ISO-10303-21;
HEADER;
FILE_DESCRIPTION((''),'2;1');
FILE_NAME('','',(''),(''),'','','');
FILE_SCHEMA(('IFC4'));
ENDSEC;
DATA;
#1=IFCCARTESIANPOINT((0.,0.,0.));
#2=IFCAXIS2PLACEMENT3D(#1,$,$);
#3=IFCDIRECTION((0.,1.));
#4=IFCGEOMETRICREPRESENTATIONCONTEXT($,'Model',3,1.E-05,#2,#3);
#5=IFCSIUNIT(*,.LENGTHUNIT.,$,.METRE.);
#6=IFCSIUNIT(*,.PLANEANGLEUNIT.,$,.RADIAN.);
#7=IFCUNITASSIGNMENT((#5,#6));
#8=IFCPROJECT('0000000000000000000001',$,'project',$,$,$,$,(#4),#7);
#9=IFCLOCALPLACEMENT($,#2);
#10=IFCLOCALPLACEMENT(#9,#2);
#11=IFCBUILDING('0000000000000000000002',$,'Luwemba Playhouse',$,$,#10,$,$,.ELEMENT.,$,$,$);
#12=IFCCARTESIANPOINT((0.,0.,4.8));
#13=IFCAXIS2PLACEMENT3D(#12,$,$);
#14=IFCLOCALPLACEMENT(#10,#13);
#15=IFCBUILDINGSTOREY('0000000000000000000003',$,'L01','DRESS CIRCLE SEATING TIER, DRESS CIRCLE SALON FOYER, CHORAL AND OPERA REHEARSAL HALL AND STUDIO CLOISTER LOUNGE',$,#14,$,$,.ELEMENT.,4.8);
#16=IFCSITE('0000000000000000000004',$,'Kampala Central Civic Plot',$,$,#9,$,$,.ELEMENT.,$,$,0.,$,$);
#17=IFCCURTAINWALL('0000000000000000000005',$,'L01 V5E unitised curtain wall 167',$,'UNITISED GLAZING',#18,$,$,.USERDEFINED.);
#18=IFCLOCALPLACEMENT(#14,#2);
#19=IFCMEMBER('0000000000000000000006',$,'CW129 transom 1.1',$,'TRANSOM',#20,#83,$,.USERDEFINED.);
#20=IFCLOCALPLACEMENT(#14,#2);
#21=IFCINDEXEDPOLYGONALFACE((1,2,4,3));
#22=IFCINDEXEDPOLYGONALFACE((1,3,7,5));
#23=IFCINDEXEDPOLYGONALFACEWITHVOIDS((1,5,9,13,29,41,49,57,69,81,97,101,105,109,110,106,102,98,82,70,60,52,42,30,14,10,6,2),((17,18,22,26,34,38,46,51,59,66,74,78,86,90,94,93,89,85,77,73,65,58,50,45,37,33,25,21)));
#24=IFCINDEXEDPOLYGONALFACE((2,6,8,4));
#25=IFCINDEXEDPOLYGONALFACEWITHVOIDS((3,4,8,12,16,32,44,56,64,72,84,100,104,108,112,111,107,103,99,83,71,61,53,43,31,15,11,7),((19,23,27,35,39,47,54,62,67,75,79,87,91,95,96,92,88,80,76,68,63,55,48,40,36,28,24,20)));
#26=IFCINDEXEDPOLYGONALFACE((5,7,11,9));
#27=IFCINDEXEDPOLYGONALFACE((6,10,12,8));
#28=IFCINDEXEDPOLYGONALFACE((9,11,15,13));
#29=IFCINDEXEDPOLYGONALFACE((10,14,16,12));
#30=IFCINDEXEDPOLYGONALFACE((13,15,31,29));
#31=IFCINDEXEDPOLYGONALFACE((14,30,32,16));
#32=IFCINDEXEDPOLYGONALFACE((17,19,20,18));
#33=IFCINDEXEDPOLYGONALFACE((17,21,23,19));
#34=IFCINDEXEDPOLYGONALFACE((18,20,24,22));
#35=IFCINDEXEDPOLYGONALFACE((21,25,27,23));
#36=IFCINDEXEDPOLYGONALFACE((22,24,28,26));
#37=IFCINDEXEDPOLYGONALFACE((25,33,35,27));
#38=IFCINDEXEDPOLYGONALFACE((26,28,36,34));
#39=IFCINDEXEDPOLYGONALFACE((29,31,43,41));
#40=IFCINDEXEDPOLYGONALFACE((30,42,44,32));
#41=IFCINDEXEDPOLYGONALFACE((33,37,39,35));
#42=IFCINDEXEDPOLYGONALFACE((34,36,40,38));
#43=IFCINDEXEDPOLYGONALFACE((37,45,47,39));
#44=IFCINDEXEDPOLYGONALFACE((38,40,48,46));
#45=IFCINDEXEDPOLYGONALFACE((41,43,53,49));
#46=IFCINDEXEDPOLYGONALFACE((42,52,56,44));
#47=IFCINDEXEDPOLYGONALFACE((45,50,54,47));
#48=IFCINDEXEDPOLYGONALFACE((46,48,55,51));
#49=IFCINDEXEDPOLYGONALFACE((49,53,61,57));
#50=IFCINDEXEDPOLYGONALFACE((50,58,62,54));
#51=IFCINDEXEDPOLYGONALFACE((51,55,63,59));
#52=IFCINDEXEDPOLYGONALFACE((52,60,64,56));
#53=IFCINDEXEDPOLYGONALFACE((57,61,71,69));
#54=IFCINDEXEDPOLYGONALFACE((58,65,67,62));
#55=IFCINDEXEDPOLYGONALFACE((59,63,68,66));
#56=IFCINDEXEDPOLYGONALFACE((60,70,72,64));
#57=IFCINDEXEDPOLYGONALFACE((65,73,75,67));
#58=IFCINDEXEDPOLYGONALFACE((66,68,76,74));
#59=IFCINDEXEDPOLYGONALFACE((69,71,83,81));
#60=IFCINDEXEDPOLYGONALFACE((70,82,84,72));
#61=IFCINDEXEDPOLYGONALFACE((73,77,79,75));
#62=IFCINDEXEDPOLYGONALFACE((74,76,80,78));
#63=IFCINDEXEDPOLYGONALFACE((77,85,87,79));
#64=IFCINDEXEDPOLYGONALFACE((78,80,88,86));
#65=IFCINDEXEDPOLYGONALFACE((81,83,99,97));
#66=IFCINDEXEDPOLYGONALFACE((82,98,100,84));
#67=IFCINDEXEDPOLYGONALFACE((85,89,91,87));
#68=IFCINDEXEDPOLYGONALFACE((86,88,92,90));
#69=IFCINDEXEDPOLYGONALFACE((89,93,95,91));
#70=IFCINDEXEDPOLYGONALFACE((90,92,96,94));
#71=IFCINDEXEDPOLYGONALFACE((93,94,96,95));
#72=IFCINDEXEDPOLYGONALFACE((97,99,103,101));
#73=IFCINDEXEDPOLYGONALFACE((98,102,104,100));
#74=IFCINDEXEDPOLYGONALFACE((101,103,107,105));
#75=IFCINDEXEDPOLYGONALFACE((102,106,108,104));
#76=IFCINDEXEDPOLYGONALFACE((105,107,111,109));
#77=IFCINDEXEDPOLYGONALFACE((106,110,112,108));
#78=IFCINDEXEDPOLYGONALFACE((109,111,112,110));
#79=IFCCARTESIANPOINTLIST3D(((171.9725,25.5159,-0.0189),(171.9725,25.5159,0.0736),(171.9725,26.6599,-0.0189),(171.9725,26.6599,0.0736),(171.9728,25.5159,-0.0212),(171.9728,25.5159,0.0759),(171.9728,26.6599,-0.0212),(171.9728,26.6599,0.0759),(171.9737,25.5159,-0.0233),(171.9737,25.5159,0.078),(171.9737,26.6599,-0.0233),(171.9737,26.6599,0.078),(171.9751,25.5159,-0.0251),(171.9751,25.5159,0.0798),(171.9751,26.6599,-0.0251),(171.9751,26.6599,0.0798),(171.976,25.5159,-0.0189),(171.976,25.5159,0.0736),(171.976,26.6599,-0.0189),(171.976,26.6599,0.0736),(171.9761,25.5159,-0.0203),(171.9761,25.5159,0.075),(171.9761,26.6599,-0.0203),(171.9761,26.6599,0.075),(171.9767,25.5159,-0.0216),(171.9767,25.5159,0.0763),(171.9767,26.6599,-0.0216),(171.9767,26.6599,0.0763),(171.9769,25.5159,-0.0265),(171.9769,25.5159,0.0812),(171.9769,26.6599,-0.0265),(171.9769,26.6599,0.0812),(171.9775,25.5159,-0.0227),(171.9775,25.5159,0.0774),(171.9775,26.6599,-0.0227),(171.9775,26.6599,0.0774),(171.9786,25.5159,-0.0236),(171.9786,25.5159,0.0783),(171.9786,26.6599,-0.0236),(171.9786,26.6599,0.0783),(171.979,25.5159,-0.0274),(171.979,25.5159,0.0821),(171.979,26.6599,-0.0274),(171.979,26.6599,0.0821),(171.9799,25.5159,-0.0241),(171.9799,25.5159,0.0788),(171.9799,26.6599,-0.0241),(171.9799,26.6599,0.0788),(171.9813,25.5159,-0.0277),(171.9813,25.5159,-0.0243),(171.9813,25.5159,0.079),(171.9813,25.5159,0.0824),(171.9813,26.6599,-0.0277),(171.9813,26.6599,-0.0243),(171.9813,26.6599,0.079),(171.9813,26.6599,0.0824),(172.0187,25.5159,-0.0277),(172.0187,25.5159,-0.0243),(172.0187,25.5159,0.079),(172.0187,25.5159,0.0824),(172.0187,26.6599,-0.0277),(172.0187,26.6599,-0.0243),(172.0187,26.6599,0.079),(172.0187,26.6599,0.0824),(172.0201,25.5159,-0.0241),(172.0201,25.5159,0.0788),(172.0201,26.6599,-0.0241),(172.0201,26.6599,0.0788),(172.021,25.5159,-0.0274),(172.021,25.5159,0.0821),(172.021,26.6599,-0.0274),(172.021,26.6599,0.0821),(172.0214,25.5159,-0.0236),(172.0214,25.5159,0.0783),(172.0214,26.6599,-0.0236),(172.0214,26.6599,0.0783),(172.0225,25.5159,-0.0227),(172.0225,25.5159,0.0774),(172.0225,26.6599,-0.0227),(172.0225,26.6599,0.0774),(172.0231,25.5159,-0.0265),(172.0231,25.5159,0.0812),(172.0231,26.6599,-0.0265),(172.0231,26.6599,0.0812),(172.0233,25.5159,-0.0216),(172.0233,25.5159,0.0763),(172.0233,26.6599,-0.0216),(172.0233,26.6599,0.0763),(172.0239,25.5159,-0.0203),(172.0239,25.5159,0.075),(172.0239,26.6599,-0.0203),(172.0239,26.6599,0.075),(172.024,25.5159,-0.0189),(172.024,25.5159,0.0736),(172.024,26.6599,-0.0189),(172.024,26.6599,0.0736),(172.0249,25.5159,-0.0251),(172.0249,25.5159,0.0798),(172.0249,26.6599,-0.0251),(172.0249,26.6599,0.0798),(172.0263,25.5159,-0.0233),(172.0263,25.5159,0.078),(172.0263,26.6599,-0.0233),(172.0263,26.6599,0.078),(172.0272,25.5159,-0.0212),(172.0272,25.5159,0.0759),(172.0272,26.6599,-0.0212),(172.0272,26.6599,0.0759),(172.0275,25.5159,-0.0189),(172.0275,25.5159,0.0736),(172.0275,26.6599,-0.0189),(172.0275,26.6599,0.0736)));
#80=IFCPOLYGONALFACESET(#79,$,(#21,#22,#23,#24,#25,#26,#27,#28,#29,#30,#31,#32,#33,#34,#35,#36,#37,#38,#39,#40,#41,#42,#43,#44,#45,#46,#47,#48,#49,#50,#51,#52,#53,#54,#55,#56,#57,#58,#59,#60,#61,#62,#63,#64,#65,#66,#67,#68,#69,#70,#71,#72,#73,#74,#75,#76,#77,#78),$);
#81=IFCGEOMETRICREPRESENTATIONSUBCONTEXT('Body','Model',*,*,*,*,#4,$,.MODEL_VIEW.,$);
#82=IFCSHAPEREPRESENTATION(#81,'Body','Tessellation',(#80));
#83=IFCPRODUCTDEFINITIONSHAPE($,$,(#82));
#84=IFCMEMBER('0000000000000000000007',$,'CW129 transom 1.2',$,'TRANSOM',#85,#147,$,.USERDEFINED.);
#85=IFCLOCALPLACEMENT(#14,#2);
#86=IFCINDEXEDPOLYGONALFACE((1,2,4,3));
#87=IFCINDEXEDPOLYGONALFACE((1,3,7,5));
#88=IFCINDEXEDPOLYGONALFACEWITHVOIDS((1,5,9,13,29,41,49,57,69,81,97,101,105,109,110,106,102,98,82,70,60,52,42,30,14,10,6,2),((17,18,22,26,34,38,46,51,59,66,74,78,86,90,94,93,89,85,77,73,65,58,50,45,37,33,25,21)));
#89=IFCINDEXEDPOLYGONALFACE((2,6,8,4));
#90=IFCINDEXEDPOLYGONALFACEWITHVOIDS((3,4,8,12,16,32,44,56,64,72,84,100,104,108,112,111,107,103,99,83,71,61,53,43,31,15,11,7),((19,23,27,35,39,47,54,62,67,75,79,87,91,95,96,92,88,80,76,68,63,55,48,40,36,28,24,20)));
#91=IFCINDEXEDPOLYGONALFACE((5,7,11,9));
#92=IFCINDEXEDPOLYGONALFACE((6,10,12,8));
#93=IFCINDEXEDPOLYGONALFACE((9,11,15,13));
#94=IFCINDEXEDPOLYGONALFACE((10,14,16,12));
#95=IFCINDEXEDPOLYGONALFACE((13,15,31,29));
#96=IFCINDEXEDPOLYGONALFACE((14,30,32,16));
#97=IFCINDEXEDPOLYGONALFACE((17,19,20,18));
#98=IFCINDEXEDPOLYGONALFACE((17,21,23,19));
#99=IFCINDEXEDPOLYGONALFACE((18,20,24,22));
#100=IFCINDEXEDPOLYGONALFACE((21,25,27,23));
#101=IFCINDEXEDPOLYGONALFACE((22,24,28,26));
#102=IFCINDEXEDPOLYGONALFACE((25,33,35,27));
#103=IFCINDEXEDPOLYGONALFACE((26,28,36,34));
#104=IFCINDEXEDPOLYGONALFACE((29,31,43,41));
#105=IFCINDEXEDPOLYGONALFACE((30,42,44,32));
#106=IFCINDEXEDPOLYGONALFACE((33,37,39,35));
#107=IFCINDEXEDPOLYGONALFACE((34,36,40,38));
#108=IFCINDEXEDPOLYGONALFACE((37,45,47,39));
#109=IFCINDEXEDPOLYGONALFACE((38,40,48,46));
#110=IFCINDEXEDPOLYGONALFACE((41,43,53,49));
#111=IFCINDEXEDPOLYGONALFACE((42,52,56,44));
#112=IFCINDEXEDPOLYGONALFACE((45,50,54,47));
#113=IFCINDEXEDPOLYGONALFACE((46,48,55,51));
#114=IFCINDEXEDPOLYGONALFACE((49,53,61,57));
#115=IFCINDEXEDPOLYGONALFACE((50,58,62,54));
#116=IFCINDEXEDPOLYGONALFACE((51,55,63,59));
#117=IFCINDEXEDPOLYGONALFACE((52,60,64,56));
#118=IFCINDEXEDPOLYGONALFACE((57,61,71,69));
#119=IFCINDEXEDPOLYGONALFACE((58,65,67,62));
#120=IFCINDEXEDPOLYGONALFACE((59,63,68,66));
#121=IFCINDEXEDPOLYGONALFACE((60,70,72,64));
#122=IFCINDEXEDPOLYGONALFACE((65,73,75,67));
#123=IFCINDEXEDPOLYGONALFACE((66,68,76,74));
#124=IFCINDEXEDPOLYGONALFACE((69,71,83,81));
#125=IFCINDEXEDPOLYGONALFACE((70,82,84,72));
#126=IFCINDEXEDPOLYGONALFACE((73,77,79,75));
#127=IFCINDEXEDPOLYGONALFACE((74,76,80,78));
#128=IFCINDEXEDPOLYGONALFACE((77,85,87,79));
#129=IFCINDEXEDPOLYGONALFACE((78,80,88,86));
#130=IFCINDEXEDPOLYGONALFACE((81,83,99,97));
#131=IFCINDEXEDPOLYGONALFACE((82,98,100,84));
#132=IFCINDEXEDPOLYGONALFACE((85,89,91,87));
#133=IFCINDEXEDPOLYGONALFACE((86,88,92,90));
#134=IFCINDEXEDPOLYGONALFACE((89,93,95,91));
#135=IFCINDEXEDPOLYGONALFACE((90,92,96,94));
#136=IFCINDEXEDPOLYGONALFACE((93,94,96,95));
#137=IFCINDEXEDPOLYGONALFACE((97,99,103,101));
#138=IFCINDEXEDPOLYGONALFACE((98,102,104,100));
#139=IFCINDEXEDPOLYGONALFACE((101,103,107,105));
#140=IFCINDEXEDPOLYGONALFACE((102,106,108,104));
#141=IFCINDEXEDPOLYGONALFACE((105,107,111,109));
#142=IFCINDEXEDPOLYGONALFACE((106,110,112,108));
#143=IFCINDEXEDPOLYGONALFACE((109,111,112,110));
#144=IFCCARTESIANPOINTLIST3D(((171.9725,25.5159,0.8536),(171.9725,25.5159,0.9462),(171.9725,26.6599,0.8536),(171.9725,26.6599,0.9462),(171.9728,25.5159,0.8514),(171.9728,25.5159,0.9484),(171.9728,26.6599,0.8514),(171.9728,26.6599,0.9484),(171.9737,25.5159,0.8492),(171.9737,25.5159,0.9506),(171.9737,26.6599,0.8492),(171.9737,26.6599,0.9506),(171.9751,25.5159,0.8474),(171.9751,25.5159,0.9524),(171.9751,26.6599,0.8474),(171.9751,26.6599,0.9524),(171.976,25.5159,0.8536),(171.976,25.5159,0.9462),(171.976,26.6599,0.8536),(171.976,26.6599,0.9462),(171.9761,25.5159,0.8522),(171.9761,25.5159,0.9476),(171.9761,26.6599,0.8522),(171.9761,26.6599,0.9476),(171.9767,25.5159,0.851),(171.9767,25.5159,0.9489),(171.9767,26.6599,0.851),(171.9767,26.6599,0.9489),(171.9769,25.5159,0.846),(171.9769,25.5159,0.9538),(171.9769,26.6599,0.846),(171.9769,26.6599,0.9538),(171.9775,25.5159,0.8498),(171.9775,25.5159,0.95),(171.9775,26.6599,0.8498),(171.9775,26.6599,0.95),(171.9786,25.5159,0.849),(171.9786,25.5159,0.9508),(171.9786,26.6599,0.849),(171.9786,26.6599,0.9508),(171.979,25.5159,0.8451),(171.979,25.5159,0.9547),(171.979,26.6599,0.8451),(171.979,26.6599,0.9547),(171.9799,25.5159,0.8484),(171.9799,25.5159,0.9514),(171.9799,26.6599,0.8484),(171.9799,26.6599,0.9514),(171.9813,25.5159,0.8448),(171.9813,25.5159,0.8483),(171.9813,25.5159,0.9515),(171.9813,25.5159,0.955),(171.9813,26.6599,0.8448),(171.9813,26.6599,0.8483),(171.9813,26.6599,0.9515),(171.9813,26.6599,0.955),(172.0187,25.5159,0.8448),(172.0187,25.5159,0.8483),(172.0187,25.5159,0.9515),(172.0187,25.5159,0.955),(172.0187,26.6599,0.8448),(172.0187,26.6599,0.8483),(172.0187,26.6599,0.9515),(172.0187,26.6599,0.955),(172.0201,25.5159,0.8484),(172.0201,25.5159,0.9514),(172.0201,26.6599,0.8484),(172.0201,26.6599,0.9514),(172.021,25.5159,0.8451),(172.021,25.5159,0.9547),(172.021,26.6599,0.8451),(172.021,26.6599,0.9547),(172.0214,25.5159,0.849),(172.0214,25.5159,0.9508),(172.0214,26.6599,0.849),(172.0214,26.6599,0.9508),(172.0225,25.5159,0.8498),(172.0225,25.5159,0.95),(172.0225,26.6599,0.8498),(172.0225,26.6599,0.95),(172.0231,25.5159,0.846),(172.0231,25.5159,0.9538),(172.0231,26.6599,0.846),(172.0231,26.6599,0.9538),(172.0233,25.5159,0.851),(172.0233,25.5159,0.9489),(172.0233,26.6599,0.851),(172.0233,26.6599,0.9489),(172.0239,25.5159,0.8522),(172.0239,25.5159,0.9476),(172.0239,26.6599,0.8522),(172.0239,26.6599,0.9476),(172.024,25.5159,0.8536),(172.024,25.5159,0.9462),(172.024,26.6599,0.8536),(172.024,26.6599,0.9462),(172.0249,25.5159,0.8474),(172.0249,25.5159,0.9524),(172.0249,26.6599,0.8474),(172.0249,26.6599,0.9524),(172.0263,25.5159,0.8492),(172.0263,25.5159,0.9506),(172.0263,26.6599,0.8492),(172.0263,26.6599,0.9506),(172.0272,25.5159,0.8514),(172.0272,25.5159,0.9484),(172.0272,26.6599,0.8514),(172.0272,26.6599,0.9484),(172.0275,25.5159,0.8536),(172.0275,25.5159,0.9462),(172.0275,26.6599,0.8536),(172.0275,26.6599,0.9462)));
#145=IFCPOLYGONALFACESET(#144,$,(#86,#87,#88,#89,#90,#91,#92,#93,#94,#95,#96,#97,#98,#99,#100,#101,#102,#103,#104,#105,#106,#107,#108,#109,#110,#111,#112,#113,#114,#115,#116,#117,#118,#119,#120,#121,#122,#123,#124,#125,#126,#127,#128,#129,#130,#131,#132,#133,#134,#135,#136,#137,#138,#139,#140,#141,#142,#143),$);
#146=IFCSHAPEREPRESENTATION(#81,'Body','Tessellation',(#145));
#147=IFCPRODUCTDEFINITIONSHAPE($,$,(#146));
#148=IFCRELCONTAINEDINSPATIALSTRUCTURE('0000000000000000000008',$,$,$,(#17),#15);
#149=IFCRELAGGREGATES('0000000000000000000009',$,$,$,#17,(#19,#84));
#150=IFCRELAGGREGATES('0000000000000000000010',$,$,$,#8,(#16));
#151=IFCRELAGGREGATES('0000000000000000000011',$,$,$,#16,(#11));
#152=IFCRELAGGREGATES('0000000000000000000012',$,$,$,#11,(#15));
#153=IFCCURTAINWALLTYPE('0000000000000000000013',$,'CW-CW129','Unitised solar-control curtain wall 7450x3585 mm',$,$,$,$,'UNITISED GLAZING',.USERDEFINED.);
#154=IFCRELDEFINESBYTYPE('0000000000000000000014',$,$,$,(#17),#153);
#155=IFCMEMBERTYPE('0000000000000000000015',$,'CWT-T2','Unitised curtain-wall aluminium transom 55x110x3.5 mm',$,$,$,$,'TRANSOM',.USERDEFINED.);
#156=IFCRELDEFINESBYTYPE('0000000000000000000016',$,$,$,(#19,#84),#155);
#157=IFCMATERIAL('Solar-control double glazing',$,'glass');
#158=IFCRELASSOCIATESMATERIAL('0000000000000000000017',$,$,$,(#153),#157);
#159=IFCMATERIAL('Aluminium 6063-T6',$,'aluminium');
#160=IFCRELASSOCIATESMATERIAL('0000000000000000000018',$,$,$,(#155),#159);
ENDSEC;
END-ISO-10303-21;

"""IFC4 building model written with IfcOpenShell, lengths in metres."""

from ifc_helpers import new_model, si_unit, direction, frame, origin, origin_2d, place, context, subcontext, project, spatial, hollow_rectangle, extrude, material, material_profile, profile_set, type_object, element, aggregate, save


model = new_model("IFC4")

# Units and contexts
model_context = context("Model", 3, precision=1e-05, world=origin(), true_north=direction((0.0, 1.0)))
body_context = subcontext(model_context, "Body", "Model", "MODEL_VIEW")
ifc_project = project(units=[si_unit("LENGTHUNIT", "METRE"), si_unit("PLANEANGLEUNIT", "RADIAN")], contexts=[model_context])

# Site, building, storey
site_placement = place(None, origin())
site = spatial("IfcSite", under=ifc_project, at=site_placement, Name="Kampala Central Civic Plot", CompositionType="ELEMENT", RefElevation=0.0)
building_placement = place(site_placement, origin())
building = spatial("IfcBuilding", under=site, at=building_placement, Name="Luwemba Playhouse", CompositionType="ELEMENT")
storey_placement = place(building_placement, frame((0.0, 0.0, 4.8)))
storey = spatial("IfcBuildingStorey", under=building, at=storey_placement, Name="L01", Description="DRESS CIRCLE SEATING TIER, DRESS CIRCLE SALON FOYER, CHORAL AND OPERA REHEARSAL HALL AND STUDIO CLOISTER LOUNGE", CompositionType="ELEMENT", Elevation=4.8)

# Curtain wall, members
ifc_material_1 = material(Name="Solar-control double glazing", Category="glass")
curtain_wall_type = type_object("IfcCurtainWallType", Name="CW-CW129", Description="Unitised solar-control curtain wall 7450x3585 mm", ElementType="UNITISED GLAZING", PredefinedType="USERDEFINED", material=ifc_material_1)
curtain_wall_placement = place(storey_placement, origin())
curtain_wall = element("IfcCurtainWall", 1, at=curtain_wall_placement, inside=storey, type_object=curtain_wall_type, Name="L01 V5E unitised curtain wall 167", ObjectType="UNITISED GLAZING", PredefinedType="USERDEFINED")
ifc_material_2 = material(Name="Aluminium 6063-T6", Category="aluminium")
ifc_material_profile_1 = material_profile(ifc_material_2, hollow_rectangle(XDim=0.0549, YDim=0.1101, WallThickness=0.0034, InnerFilletRadius=0.0054, OuterFilletRadius=0.0088, at=origin_2d()))
ifc_profile_set_1 = profile_set([ifc_material_profile_1], Name="Aluminium 6063-T6")
member_type_1 = type_object("IfcMemberType", Name="CWT-T2", Description="Unitised curtain-wall aluminium transom 55x110x3.5 mm", ElementType="TRANSOM", PredefinedType="USERDEFINED", material=ifc_profile_set_1)
member_1_placement = place(storey_placement, frame((172.0, 26.6599, 0.0273), z_axis=(0.0, -1.0, 0.0), x_axis=(1.0, 0.0, 0.0)))
member_1 = element("IfcMember", 2, at=member_1_placement, type_object=member_type_1, Name="CW129 transom 1.1", ObjectType="TRANSOM", PredefinedType="USERDEFINED", context=body_context, shape_type="SweptSolid", body=[
    extrude(hollow_rectangle(XDim=0.0549, YDim=0.1101, WallThickness=0.0034, InnerFilletRadius=0.0054, OuterFilletRadius=0.0088, at=origin_2d()), origin(), (0.0, 0.0, 1.0), 1.144),
])
member_2_placement = place(storey_placement, frame((172.0, 26.6599, 0.8999), z_axis=(0.0, -1.0, 0.0), x_axis=(1.0, 0.0, 0.0)))
member_2 = element("IfcMember", 3, at=member_2_placement, type_object=member_type_1, Name="CW129 transom 1.2", ObjectType="TRANSOM", PredefinedType="USERDEFINED", context=body_context, shape_type="SweptSolid", body=[
    extrude(hollow_rectangle(XDim=0.0549, YDim=0.1101, WallThickness=0.0034, InnerFilletRadius=0.0054, OuterFilletRadius=0.0088, at=origin_2d()), origin(), (0.0, 0.0, 1.0), 1.144),
])

aggregate(curtain_wall, [member_1, member_2])

save(model, "model.ifc")
